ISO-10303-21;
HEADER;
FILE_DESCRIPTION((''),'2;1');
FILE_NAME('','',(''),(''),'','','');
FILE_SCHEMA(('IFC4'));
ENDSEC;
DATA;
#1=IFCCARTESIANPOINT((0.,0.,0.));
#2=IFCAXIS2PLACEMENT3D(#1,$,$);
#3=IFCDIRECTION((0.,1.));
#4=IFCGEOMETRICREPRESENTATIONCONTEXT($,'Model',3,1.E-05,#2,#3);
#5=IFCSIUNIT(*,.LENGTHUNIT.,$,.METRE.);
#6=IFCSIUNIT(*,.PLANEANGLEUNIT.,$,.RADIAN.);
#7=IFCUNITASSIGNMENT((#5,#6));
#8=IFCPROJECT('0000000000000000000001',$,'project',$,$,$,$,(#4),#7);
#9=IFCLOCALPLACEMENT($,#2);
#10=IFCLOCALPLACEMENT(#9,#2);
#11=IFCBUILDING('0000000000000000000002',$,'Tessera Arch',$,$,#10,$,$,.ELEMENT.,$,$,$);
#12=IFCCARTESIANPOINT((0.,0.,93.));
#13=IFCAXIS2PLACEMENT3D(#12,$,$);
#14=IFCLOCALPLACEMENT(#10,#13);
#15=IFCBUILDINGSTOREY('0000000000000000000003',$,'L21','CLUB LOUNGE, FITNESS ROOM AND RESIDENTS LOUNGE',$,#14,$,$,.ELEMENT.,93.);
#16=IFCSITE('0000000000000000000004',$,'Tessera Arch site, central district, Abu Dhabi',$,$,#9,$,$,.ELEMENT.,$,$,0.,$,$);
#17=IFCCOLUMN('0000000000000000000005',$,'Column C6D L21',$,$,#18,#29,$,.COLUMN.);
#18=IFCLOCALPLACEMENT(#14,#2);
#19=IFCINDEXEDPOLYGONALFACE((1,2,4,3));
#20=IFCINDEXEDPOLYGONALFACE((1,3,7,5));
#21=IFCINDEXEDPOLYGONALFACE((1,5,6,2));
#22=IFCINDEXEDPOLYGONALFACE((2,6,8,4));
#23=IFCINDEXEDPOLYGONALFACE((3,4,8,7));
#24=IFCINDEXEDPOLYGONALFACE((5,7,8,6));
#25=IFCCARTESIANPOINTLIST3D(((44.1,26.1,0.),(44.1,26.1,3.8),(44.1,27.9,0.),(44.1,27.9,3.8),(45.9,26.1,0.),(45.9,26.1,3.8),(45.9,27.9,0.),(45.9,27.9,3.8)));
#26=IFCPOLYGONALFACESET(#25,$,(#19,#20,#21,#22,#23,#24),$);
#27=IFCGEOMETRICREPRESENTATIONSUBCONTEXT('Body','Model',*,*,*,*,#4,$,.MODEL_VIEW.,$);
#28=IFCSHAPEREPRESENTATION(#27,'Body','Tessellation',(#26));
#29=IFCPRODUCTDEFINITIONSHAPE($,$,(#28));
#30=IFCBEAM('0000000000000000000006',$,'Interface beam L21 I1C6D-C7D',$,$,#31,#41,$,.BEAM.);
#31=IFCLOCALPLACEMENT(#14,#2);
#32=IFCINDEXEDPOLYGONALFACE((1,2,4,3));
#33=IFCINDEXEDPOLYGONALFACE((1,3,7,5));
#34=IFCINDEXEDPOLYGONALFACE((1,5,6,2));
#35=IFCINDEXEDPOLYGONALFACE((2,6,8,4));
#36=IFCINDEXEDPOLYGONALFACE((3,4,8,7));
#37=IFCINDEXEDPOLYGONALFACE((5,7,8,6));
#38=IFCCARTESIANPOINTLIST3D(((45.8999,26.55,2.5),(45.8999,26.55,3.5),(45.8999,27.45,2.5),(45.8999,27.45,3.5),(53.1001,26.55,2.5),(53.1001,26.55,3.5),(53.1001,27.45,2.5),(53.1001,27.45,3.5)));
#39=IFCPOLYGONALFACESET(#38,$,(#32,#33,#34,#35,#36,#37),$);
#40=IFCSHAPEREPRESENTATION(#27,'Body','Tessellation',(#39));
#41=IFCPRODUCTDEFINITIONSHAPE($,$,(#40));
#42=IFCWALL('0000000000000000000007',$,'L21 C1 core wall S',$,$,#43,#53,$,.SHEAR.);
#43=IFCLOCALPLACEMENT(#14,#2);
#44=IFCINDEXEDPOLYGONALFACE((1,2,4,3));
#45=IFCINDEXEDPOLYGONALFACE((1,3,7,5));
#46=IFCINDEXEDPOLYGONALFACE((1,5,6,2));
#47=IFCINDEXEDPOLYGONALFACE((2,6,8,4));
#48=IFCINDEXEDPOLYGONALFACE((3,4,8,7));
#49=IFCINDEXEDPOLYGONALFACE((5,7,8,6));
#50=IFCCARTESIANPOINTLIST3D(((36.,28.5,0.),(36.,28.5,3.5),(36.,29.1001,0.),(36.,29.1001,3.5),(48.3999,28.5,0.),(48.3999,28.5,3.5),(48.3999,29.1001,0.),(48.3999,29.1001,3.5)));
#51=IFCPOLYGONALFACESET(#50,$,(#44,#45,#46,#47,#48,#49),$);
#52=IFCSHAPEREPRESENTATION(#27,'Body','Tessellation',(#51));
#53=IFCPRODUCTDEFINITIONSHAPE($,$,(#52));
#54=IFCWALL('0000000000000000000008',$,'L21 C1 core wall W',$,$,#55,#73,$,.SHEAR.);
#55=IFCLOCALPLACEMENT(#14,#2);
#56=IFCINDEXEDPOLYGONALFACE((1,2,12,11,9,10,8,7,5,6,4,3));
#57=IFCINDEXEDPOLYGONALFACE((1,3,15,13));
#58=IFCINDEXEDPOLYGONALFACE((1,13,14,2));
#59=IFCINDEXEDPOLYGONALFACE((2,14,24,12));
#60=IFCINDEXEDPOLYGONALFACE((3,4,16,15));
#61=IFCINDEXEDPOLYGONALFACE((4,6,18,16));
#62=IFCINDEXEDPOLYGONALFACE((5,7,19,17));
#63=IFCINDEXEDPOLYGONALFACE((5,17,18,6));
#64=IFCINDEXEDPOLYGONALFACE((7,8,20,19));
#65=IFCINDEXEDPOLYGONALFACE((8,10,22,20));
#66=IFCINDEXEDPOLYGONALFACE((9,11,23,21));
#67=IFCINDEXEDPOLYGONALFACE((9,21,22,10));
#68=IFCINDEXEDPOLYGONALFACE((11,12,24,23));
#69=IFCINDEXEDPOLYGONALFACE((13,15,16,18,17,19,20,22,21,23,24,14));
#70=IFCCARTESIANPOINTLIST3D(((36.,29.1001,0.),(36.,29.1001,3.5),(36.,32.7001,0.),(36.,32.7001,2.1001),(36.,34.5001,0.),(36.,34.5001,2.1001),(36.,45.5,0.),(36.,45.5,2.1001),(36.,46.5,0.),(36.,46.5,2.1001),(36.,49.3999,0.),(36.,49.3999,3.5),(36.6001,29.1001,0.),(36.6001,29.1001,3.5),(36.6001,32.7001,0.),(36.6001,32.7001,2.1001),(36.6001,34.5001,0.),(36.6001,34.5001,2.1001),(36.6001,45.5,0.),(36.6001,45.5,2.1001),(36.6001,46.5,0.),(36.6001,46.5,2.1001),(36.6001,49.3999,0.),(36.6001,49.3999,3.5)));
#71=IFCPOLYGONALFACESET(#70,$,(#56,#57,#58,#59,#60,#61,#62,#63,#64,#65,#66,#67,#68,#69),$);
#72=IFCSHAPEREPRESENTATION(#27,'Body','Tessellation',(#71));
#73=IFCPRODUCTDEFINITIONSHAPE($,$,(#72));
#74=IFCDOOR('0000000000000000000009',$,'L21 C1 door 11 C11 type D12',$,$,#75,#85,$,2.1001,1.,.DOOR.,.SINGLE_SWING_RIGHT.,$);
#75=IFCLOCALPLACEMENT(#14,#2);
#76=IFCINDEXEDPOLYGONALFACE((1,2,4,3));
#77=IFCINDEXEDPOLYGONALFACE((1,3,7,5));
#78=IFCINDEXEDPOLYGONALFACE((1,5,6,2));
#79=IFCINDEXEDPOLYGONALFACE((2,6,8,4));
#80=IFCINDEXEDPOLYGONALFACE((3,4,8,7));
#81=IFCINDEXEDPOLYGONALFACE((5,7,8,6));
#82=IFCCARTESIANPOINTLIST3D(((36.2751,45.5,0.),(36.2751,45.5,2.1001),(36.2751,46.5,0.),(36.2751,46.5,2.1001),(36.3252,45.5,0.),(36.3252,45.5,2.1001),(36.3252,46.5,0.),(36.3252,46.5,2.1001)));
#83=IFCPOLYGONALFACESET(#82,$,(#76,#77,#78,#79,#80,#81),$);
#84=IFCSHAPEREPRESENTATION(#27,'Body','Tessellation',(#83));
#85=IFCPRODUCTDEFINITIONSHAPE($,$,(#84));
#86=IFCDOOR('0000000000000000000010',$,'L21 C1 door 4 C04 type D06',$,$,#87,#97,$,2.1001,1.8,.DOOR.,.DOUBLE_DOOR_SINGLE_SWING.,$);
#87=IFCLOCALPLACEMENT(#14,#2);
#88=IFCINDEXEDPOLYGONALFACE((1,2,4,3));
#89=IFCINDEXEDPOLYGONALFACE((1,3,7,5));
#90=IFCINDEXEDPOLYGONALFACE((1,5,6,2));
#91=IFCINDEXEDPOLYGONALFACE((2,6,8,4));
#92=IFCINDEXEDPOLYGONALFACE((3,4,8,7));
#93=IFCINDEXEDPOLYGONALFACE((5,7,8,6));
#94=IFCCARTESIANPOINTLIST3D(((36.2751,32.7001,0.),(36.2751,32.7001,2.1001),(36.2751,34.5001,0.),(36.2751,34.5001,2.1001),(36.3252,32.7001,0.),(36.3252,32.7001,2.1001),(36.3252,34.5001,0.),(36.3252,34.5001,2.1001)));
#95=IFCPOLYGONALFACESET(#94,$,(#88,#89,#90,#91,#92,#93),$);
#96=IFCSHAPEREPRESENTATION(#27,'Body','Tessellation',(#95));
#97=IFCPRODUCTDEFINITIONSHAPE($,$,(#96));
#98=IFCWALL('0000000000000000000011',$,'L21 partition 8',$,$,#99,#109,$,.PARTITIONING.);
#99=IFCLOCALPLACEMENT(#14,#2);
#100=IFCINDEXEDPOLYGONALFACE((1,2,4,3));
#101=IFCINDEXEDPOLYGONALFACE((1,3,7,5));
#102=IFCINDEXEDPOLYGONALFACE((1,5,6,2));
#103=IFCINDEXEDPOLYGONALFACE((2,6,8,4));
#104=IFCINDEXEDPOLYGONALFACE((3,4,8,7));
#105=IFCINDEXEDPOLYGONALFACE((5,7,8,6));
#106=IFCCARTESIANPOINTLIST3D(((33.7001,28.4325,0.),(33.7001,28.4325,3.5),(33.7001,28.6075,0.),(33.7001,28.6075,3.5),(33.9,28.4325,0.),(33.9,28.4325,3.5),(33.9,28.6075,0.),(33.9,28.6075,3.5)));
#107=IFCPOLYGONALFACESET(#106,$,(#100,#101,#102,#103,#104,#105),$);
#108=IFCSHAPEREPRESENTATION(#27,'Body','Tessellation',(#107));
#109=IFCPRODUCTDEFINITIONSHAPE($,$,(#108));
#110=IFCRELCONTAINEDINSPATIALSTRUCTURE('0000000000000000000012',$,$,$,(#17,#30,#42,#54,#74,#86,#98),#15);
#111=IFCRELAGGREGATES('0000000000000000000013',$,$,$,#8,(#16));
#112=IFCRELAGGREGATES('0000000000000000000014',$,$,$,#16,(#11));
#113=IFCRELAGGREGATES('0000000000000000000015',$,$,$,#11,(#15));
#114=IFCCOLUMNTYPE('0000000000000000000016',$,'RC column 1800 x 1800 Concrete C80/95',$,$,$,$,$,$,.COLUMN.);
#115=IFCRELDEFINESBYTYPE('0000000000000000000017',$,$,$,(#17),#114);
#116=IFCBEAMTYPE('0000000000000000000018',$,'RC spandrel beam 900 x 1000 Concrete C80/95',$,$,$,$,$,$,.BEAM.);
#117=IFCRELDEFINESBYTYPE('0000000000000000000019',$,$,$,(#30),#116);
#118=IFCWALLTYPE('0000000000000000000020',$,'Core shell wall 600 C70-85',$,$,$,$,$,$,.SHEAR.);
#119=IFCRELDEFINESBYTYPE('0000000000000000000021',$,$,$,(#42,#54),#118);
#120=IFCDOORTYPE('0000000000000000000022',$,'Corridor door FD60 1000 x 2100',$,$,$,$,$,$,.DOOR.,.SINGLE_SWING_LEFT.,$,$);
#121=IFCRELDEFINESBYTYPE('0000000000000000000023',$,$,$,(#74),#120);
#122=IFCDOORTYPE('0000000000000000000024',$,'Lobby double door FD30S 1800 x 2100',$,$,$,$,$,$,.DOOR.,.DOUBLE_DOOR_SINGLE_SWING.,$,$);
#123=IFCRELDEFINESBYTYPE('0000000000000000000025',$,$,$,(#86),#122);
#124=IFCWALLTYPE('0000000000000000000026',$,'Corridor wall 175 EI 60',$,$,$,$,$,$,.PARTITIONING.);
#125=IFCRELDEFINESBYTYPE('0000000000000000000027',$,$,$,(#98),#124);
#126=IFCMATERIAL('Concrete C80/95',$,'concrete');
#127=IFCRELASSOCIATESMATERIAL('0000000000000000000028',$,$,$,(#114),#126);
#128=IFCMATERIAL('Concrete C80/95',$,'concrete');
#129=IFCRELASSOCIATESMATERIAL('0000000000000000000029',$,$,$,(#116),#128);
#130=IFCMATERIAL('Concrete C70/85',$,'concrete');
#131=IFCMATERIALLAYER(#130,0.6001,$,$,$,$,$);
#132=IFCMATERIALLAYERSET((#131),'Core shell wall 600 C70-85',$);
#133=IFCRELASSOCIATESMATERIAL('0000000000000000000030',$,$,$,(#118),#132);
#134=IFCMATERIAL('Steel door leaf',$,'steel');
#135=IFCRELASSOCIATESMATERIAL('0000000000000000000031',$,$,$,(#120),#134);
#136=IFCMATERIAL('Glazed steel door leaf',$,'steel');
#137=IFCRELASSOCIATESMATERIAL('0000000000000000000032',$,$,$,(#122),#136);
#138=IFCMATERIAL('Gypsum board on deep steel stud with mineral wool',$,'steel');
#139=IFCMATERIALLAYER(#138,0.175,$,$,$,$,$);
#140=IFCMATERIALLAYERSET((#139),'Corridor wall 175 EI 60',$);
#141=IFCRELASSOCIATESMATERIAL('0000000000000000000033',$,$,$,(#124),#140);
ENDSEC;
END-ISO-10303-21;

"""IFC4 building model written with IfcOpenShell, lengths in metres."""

from ifc_helpers import new_model, si_unit, direction, frame, frame_2d, origin, origin_2d, place, context, subcontext, project, spatial, rectangle, extrude, material, layer, layer_set, material_profile, profile_set, type_object, element, fill, save


model = new_model("IFC4")

# Units and contexts
model_context = context("Model", 3, precision=1e-05, world=origin(), true_north=direction((0.0, 1.0)))
body_context = subcontext(model_context, "Body", "Model", "MODEL_VIEW")
ifc_project = project(units=[si_unit("LENGTHUNIT", "METRE"), si_unit("PLANEANGLEUNIT", "RADIAN")], contexts=[model_context])

# Site, building, storey
site_placement = place(None, origin())
site = spatial("IfcSite", under=ifc_project, at=site_placement, Name="Tessera Arch site, central district, Abu Dhabi", CompositionType="ELEMENT", RefElevation=0.0)
building_placement = place(site_placement, origin())
building = spatial("IfcBuilding", under=site, at=building_placement, Name="Tessera Arch", CompositionType="ELEMENT")
storey_placement = place(building_placement, frame((0.0, 0.0, 93.0)))
storey = spatial("IfcBuildingStorey", under=building, at=storey_placement, Name="L21", Description="CLUB LOUNGE, FITNESS ROOM AND RESIDENTS LOUNGE", CompositionType="ELEMENT", Elevation=93.0)

# Column
ifc_material_1 = material(Name="Concrete C80/95", Category="concrete")
ifc_material_profile_1 = material_profile(ifc_material_1, rectangle(XDim=1.8, YDim=1.8, at=origin_2d()), Name="RC column 1800 x 1800 Concrete C80/95")
ifc_profile_set_1 = profile_set([ifc_material_profile_1], Name="Concrete C80/95")
column_type = type_object("IfcColumnType", Name="RC column 1800 x 1800 Concrete C80/95", PredefinedType="COLUMN", material=ifc_profile_set_1)
column_placement = place(storey_placement, frame((45.0, 27.0, 0.0), z_axis=(0.0, 0.0, 1.0), x_axis=(1.0, 0.0, 0.0)))
element("IfcColumn", 1, at=column_placement, inside=storey, type_object=column_type, Name="Column C6D L21", PredefinedType="COLUMN", context=body_context, shape_type="SweptSolid", body=[
    extrude(rectangle(XDim=1.8, YDim=1.8, at=origin_2d()), origin(), (0.0, 0.0, 1.0), 3.8),
])

# Beam
ifc_material_2 = material(Name="Concrete C80/95", Category="concrete")
ifc_material_profile_2 = material_profile(ifc_material_2, rectangle(XDim=0.8999, YDim=1.0, at=origin_2d()), Name="RC spandrel beam 900 x 1000 Concrete C80/95")
ifc_profile_set_2 = profile_set([ifc_material_profile_2], Name="Concrete C80/95")
beam_type = type_object("IfcBeamType", Name="RC spandrel beam 900 x 1000 Concrete C80/95", PredefinedType="BEAM", material=ifc_profile_set_2)
beam_placement = place(storey_placement, frame((45.8999, 27.0, 3.0), z_axis=(1.0, 0.0, 0.0), x_axis=(0.0, 1.0, 0.0)))
element("IfcBeam", 2, at=beam_placement, inside=storey, type_object=beam_type, Name="Interface beam L21 I1C6D-C7D", PredefinedType="BEAM", context=body_context, shape_type="SweptSolid", body=[
    extrude(rectangle(XDim=0.8999, YDim=1.0, at=origin_2d()), origin(), (0.0, 0.0, 1.0), 7.2002),
])

# Wall
ifc_material_3 = material(Name="Concrete C70/85", Category="concrete")
ifc_layer_1 = layer(ifc_material_3, 0.6001)
ifc_layer_set_1 = layer_set([ifc_layer_1], Name="Core shell wall 600 C70-85")
wall_type_1 = type_object("IfcWallType", Name="Core shell wall 600 C70-85", PredefinedType="SHEAR", material=ifc_layer_set_1)
wall_1_placement = place(storey_placement, frame((36.0, 28.8, 0.0), z_axis=(0.0, 0.0, 1.0), x_axis=(1.0, 0.0, 0.0)))
element("IfcWall", 3, at=wall_1_placement, inside=storey, type_object=wall_type_1, Name="L21 C1 core wall S", PredefinedType="SHEAR", context=body_context, shape_type="SweptSolid", body=[
    extrude(rectangle(XDim=12.3999, YDim=0.6001, at=frame_2d((6.2, 0.0))), origin(), (0.0, 0.0, 1.0), 3.5),
])

# Wall, openings, doors
wall_2_placement = place(storey_placement, frame((36.3, 29.1001, 0.0), z_axis=(0.0, 0.0, 1.0), x_axis=(0.0, 1.0, 0.0)))
wall_2 = element("IfcWall", 4, at=wall_2_placement, inside=storey, type_object=wall_type_1, Name="L21 C1 core wall W", PredefinedType="SHEAR", context=body_context, shape_type="SweptSolid", body=[
    extrude(rectangle(XDim=20.2998, YDim=0.6001, at=frame_2d((10.1499, 0.0))), origin(), (0.0, 0.0, 1.0), 3.5),
])
opening_1_placement = place(wall_2_placement, frame((3.6001, 0.0, 0.0)))
opening_1 = element("IfcOpeningElement", 5, at=opening_1_placement, cuts=wall_2, PredefinedType="OPENING", context=body_context, shape_type="SweptSolid", body=[
    extrude(rectangle(XDim=1.8, YDim=2.1001, at=frame_2d((0.8999, 1.05))), frame((0.0, 0.3101, 0.0), z_axis=(0.0, -1.0, 0.0), x_axis=(1.0, 0.0, 0.0)), (0.0, 0.0, 1.0), 0.6201),
])
opening_2_placement = place(wall_2_placement, frame((16.3999, 0.0, 0.0)))
opening_2 = element("IfcOpeningElement", 6, at=opening_2_placement, cuts=wall_2, PredefinedType="OPENING", context=body_context, shape_type="SweptSolid", body=[
    extrude(rectangle(XDim=1.0, YDim=2.1001, at=frame_2d((0.5, 1.05))), frame((0.0, 0.3101, 0.0), z_axis=(0.0, -1.0, 0.0), x_axis=(1.0, 0.0, 0.0)), (0.0, 0.0, 1.0), 0.6201),
])
ifc_material_4 = material(Name="Steel door leaf", Category="steel")
door_type_1 = type_object("IfcDoorType", Name="Corridor door FD60 1000 x 2100", OperationType="SINGLE_SWING_LEFT", PredefinedType="DOOR", material=ifc_material_4)
door_1_placement = place(opening_2_placement, origin())
door_1 = element("IfcDoor", 7, at=door_1_placement, inside=storey, type_object=door_type_1, Name="L21 C1 door 11 C11 type D12", OperationType="SINGLE_SWING_RIGHT", OverallHeight=2.1001, OverallWidth=1.0, PredefinedType="DOOR", context=body_context, shape_type="SweptSolid", body=[
    extrude(rectangle(XDim=1.0, YDim=2.1001, at=frame_2d((0.5, 1.05))), frame((0.0, 0.0249, 0.0), z_axis=(0.0, -1.0, 0.0), x_axis=(1.0, 0.0, 0.0)), (0.0, 0.0, 1.0), 0.05),
])
fill(opening_2, door_1)
ifc_material_5 = material(Name="Glazed steel door leaf", Category="steel")
door_type_2 = type_object("IfcDoorType", Name="Lobby double door FD30S 1800 x 2100", OperationType="DOUBLE_DOOR_SINGLE_SWING", PredefinedType="DOOR", material=ifc_material_5)
door_2_placement = place(opening_1_placement, origin())
door_2 = element("IfcDoor", 8, at=door_2_placement, inside=storey, type_object=door_type_2, Name="L21 C1 door 4 C04 type D06", OperationType="DOUBLE_DOOR_SINGLE_SWING", OverallHeight=2.1001, OverallWidth=1.8, PredefinedType="DOOR", context=body_context, shape_type="SweptSolid", body=[
    extrude(rectangle(XDim=1.8, YDim=2.1001, at=frame_2d((0.8999, 1.05))), frame((0.0, 0.0249, 0.0), z_axis=(0.0, -1.0, 0.0), x_axis=(1.0, 0.0, 0.0)), (0.0, 0.0, 1.0), 0.05),
])
fill(opening_1, door_2)

# Wall
ifc_material_6 = material(Name="Gypsum board on deep steel stud with mineral wool", Category="steel")
ifc_layer_2 = layer(ifc_material_6, 0.175)
ifc_layer_set_2 = layer_set([ifc_layer_2], Name="Corridor wall 175 EI 60")
wall_type_2 = type_object("IfcWallType", Name="Corridor wall 175 EI 60", PredefinedType="PARTITIONING", material=ifc_layer_set_2)
wall_3_placement = place(storey_placement, frame((33.7, 28.52, 0.0), z_axis=(0.0, 0.0, 1.0), x_axis=(1.0, 0.0, 0.0)))
element("IfcWall", 9, at=wall_3_placement, inside=storey, type_object=wall_type_2, Name="L21 partition 8", PredefinedType="PARTITIONING", context=body_context, shape_type="SweptSolid", body=[
    extrude(rectangle(XDim=0.2, YDim=0.175, at=frame_2d((0.1001, 0.0))), origin(), (0.0, 0.0, 1.0), 3.5),
])

save(model, "model.ifc")
